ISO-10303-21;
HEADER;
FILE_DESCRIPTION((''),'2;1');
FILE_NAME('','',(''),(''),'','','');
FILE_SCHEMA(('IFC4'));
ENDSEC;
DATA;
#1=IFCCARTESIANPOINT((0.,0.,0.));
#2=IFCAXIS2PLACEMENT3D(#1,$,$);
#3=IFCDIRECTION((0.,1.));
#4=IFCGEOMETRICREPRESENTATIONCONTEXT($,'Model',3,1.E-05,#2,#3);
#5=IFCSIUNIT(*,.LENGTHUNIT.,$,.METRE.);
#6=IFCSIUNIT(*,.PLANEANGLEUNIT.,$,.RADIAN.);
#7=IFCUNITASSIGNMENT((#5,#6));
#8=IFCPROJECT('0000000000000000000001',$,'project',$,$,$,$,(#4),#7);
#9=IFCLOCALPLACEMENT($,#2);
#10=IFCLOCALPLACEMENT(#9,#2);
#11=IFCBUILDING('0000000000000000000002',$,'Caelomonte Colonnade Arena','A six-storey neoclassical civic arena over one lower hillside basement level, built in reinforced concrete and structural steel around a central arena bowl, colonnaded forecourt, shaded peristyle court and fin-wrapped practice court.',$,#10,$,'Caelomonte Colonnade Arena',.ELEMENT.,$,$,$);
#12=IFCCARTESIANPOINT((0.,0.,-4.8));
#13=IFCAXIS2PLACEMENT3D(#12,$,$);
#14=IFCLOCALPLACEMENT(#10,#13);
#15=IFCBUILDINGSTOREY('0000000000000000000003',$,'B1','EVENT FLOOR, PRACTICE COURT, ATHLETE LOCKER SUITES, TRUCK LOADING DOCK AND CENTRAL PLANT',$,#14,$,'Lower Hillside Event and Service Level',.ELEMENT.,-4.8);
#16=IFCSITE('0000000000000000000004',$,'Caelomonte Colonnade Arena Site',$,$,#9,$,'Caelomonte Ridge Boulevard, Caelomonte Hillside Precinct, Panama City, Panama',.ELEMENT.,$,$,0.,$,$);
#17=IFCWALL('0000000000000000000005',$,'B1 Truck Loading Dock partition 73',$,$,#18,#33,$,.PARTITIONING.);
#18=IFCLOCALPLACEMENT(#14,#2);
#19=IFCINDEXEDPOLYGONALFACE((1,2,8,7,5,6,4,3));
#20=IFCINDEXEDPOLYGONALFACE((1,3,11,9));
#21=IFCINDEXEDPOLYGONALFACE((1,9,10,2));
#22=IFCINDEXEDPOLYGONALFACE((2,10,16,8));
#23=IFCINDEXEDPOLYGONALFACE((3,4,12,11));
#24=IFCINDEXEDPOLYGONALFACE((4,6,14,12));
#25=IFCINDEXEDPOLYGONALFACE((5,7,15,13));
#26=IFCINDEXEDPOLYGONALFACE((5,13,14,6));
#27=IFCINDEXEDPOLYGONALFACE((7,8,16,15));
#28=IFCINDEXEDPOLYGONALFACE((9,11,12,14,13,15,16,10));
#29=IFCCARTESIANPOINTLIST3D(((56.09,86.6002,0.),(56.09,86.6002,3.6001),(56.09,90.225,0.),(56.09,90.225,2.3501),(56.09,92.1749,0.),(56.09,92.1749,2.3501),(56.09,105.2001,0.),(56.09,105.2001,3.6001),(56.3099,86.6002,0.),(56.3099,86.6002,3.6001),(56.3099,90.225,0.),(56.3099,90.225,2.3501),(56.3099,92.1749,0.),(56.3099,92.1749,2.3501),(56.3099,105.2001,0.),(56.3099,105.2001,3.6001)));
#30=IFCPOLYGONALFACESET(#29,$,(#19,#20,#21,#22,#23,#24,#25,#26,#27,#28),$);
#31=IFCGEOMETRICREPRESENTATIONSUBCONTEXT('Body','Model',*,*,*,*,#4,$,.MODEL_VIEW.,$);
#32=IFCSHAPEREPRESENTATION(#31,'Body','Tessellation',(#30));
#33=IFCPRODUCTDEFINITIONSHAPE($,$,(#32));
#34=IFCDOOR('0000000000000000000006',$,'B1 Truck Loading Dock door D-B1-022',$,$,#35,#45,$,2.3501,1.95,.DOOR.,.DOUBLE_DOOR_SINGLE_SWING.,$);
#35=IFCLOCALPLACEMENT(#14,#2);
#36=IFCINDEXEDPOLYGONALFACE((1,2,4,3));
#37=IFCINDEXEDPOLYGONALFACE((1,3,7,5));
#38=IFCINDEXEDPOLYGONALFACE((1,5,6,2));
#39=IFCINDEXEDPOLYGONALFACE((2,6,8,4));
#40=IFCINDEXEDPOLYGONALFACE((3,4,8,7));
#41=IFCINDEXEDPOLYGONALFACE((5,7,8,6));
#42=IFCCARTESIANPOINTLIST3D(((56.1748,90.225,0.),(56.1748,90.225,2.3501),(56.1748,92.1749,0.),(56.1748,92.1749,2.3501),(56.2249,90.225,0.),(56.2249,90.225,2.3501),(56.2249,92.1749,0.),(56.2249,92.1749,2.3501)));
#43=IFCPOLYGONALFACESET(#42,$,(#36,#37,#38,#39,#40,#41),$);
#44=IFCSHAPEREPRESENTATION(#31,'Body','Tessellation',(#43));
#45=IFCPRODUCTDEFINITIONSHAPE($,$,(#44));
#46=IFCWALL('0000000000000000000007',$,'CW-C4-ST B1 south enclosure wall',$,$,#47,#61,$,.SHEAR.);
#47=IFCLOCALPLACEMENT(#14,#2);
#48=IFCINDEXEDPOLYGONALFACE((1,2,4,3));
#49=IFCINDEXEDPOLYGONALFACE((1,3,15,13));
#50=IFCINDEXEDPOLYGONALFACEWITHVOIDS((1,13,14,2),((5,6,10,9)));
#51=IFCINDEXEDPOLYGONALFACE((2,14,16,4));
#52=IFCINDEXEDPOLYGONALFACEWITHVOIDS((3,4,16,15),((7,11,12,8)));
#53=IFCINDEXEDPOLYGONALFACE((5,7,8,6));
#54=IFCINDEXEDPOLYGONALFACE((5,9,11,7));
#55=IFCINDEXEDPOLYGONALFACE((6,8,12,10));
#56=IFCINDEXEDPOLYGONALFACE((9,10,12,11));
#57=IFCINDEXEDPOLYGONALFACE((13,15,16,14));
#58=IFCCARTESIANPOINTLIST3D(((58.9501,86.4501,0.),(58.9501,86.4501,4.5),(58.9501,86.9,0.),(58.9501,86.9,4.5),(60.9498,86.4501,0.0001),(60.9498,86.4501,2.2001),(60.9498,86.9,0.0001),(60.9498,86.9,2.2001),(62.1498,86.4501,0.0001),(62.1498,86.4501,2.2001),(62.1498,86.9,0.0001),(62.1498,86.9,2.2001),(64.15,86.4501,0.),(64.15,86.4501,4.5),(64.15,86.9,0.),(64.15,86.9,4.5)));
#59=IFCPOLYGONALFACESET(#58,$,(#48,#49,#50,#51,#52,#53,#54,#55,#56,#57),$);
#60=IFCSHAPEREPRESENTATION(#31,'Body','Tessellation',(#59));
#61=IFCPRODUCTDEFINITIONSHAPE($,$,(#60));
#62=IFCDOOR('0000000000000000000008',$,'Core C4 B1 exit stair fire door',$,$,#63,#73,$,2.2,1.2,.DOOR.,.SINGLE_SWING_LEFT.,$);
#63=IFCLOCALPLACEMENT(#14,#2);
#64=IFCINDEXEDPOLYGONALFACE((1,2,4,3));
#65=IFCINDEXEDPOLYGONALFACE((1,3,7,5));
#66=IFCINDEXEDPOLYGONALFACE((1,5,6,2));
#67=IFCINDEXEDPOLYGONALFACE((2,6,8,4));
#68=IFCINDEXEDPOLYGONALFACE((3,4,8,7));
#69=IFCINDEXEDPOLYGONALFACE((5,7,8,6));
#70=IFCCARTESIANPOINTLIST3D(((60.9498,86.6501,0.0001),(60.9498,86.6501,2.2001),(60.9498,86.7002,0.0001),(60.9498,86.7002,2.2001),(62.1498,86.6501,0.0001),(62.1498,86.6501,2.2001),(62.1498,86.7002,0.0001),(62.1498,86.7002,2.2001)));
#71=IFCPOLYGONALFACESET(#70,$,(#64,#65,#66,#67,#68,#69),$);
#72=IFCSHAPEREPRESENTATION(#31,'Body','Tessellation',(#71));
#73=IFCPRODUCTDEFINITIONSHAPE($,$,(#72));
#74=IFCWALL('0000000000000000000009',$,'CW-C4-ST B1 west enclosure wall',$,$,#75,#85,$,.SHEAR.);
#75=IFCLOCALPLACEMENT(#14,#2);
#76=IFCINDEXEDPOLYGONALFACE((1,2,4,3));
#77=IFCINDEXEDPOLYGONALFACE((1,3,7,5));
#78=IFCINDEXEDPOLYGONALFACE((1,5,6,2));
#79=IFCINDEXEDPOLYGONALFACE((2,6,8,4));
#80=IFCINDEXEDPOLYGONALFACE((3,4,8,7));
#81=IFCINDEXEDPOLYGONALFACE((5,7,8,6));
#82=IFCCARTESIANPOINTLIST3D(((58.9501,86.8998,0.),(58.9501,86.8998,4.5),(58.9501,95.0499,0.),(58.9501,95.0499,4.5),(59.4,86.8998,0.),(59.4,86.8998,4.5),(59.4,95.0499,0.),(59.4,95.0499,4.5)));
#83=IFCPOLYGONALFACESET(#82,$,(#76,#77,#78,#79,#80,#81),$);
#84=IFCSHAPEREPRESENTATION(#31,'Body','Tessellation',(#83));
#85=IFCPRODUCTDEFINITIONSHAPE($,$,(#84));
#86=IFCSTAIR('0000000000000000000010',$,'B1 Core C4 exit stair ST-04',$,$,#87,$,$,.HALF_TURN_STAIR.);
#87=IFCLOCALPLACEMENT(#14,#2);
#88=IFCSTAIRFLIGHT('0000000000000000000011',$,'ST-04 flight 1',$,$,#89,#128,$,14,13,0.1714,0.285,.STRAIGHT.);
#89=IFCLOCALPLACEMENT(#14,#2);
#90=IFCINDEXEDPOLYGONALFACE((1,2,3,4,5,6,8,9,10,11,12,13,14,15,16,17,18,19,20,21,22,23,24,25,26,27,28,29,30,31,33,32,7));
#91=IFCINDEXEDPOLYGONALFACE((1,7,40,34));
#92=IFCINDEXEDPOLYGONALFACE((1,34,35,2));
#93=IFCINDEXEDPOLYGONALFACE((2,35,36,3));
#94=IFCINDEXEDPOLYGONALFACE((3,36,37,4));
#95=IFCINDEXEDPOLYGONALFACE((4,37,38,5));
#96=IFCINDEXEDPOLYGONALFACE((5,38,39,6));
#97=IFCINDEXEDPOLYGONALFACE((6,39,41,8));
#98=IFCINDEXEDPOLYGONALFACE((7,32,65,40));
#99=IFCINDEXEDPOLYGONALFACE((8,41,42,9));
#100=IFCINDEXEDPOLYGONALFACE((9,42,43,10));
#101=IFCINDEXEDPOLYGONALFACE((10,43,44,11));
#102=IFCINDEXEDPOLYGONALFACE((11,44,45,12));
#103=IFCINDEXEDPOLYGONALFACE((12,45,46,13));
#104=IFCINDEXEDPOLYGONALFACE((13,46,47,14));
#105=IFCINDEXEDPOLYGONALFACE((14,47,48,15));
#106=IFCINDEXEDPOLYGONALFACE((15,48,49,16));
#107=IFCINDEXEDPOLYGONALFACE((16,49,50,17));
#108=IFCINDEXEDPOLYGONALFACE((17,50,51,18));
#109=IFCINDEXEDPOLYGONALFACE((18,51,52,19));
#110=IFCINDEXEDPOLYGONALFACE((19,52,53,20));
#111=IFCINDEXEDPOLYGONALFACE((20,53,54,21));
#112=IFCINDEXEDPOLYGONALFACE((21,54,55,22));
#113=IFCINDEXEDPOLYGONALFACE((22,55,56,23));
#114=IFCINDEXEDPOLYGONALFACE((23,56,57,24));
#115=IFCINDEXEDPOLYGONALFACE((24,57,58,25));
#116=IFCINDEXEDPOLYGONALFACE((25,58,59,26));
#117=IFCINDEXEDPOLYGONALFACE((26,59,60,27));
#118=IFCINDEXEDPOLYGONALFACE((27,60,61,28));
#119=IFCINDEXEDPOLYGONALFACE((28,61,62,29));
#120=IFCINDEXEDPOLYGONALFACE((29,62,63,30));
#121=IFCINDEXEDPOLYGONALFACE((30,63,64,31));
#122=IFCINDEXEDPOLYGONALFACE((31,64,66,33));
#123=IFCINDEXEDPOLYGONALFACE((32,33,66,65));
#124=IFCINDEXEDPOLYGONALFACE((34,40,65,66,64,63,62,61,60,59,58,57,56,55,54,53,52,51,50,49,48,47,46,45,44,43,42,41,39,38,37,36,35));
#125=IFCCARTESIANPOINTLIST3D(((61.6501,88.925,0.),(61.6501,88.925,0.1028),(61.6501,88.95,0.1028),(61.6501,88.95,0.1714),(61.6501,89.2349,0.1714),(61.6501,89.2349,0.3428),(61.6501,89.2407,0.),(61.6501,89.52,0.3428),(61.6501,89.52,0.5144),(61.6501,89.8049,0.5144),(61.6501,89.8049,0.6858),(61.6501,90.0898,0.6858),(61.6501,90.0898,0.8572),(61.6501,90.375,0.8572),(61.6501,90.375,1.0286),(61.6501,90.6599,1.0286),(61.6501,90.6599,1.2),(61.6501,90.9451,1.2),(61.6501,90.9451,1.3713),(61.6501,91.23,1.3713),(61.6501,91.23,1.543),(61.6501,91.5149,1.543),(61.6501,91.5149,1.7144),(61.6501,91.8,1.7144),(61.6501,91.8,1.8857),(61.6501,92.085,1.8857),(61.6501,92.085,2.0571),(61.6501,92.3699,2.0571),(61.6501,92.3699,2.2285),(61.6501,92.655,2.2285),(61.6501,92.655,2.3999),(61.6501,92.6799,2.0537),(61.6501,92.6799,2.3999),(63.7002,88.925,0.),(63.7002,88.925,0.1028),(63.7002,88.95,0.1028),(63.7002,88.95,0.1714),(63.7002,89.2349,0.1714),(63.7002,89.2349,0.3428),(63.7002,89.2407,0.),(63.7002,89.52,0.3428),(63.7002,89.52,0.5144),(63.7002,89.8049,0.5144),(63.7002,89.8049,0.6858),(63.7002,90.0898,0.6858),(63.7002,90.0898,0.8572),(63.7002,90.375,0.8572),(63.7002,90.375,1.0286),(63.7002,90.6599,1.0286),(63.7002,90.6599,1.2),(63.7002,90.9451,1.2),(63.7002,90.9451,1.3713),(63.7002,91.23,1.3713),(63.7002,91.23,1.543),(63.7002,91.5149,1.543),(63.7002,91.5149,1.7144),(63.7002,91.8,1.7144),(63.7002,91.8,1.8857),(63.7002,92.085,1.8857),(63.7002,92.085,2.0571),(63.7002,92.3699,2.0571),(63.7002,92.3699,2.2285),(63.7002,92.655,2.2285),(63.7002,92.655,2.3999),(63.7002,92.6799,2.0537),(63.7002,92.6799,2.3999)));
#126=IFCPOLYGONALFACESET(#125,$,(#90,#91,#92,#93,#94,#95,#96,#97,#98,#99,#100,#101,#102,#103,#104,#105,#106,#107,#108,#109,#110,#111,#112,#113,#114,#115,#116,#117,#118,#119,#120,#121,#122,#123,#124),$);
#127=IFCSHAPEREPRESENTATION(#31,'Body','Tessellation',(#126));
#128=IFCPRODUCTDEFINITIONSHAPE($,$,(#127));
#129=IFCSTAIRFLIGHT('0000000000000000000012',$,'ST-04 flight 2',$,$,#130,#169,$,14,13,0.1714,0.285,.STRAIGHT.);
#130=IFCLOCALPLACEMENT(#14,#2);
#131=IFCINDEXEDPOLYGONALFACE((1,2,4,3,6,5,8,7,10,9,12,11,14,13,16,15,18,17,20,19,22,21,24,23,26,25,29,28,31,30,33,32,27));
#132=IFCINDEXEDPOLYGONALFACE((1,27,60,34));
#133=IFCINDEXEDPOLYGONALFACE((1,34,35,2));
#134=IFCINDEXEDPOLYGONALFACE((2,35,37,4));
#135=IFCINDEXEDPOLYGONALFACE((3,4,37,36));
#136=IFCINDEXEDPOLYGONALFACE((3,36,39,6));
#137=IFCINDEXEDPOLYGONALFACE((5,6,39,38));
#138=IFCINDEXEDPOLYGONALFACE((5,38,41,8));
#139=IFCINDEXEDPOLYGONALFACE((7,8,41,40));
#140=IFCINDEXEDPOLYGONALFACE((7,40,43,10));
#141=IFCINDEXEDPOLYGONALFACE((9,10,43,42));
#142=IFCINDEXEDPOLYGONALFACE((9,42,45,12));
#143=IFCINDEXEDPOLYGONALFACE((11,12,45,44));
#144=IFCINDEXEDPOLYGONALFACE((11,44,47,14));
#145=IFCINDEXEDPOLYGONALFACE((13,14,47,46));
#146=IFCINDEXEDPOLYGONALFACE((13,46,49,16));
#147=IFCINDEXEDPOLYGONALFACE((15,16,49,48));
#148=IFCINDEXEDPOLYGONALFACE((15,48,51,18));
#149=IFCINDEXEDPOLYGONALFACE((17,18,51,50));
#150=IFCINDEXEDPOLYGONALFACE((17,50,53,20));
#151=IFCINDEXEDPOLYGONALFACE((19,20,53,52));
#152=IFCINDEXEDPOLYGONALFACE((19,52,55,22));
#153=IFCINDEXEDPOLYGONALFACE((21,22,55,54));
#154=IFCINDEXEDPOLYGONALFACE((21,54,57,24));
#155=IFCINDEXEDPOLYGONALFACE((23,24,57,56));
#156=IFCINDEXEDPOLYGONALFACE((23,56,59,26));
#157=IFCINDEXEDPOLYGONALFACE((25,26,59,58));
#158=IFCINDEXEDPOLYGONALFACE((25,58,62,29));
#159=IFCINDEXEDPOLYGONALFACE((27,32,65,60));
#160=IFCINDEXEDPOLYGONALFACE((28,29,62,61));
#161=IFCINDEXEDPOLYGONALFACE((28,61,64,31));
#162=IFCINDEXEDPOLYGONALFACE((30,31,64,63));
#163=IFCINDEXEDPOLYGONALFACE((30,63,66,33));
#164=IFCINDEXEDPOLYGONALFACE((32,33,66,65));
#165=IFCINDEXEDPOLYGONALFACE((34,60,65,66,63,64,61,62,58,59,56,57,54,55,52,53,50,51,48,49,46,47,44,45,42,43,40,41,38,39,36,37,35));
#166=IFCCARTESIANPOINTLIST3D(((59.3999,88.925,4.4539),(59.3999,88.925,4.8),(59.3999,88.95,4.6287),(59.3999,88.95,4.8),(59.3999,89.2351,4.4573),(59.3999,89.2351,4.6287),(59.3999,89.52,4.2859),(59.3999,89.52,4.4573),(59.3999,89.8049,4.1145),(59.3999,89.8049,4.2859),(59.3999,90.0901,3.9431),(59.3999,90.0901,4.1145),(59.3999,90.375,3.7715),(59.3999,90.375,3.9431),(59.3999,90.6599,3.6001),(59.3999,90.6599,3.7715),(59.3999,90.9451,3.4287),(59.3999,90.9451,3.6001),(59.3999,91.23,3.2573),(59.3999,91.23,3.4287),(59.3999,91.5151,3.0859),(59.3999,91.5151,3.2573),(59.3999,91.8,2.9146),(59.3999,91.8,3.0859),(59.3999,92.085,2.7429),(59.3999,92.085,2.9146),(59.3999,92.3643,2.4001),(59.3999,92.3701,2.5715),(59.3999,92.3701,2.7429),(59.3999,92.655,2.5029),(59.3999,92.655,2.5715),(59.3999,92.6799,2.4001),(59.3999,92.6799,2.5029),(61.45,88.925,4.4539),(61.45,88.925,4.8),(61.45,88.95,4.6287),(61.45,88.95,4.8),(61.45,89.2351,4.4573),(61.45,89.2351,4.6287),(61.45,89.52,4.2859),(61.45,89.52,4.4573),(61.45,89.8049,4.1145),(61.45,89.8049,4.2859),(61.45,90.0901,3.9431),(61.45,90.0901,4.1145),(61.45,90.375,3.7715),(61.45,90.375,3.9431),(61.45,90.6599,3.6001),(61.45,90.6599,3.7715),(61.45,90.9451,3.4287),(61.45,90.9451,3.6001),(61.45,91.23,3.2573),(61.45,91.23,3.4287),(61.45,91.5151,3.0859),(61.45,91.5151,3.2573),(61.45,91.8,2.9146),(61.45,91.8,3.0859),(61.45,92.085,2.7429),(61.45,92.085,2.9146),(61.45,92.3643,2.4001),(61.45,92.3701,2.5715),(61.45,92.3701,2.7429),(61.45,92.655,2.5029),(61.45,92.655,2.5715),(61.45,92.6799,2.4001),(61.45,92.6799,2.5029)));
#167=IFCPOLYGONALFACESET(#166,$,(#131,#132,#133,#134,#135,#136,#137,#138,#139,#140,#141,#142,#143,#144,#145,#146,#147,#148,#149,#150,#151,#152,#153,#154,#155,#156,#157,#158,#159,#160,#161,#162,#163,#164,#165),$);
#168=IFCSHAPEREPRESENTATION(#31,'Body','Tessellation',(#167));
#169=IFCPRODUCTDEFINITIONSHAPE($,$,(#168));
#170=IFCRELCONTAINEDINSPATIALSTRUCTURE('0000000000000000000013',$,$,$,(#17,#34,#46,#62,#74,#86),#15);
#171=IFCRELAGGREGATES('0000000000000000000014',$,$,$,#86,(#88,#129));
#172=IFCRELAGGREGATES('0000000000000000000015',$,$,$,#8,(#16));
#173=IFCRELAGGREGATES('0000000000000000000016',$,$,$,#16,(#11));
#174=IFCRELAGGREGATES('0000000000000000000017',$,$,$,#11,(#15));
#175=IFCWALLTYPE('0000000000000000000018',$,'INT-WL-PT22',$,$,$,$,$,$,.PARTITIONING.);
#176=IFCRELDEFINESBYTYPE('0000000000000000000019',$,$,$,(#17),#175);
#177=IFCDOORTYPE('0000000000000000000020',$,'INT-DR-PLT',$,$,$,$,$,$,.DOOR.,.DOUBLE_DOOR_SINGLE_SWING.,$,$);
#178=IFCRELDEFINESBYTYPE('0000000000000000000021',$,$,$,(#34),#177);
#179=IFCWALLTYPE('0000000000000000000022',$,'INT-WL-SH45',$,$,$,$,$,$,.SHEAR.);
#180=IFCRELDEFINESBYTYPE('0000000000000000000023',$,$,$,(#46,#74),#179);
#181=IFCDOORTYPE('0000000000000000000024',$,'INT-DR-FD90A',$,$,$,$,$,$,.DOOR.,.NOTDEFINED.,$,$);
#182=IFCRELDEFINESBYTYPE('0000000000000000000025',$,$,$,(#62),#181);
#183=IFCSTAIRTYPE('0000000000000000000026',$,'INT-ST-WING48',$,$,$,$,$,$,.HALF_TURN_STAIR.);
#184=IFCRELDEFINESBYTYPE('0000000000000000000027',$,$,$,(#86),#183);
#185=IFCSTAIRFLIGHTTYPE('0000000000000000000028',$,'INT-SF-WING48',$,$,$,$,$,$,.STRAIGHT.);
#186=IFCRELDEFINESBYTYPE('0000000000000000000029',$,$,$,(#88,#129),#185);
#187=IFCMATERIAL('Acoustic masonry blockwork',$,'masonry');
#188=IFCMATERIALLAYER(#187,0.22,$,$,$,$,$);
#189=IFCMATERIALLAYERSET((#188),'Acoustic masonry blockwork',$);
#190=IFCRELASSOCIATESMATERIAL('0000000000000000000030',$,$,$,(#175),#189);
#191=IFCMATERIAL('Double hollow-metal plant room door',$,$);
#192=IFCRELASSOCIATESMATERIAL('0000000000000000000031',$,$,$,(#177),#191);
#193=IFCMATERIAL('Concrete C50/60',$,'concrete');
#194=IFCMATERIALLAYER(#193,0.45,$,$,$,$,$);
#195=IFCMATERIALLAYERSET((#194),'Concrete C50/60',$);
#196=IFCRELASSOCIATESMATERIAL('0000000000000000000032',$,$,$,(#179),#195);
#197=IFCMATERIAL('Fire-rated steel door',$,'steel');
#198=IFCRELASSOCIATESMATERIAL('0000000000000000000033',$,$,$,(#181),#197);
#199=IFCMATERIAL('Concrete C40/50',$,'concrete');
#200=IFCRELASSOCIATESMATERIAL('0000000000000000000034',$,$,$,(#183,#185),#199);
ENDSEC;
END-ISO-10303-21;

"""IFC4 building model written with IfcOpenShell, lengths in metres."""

from ifc_helpers import new_model, si_unit, direction, frame, frame_2d, origin, place, context, subcontext, project, spatial, polyline, rectangle, outline, extrude, material, layer, layer_set, type_object, element, fill, aggregate, save


model = new_model("IFC4")

# Units and contexts
model_context = context("Model", 3, precision=1e-05, world=origin(), true_north=direction((0.0, 1.0)))
body_context = subcontext(model_context, "Body", "Model", "MODEL_VIEW")
ifc_project = project(units=[si_unit("LENGTHUNIT", "METRE"), si_unit("PLANEANGLEUNIT", "RADIAN")], contexts=[model_context])

# Site, building, storey
site_placement = place(None, origin())
site = spatial("IfcSite", under=ifc_project, at=site_placement, Name="Caelomonte Colonnade Arena Site", LongName="Caelomonte Ridge Boulevard, Caelomonte Hillside Precinct, Panama City, Panama", CompositionType="ELEMENT", RefElevation=0.0)
building_placement = place(site_placement, origin())
building = spatial("IfcBuilding", under=site, at=building_placement, Name="Caelomonte Colonnade Arena", Description="A six-storey neoclassical civic arena over one lower hillside basement level, built in reinforced concrete and structural steel around a central arena bowl, colonnaded forecourt, shaded peristyle court and fin-wrapped practice court.", LongName="Caelomonte Colonnade Arena", CompositionType="ELEMENT")
storey_placement = place(building_placement, frame((0.0, 0.0, -4.8)))
storey = spatial("IfcBuildingStorey", under=building, at=storey_placement, Name="B1", Description="EVENT FLOOR, PRACTICE COURT, ATHLETE LOCKER SUITES, TRUCK LOADING DOCK AND CENTRAL PLANT", LongName="Lower Hillside Event and Service Level", CompositionType="ELEMENT", Elevation=-4.8)

# Shared definitions
ifc_material_1 = material(Name="Concrete C40/50", Category="concrete")

# Shared definitions
ifc_material_2 = material(Name="Acoustic masonry blockwork", Category="masonry")
ifc_layer_1 = layer(ifc_material_2, 0.22)
ifc_layer_set_1 = layer_set([ifc_layer_1], Name="Acoustic masonry blockwork")
wall_type_1 = type_object("IfcWallType", Name="INT-WL-PT22", PredefinedType="PARTITIONING", material=ifc_layer_set_1)

# Walls, openings, doors
wall_1_placement = place(storey_placement, frame((56.2, 105.2, 0.0), z_axis=(0.0, 0.0, 1.0), x_axis=(0.0, -1.0, 0.0)))
wall_1 = element("IfcWall", 1, at=wall_1_placement, inside=storey, type_object=wall_type_1, Name="B1 Truck Loading Dock partition 73", PredefinedType="PARTITIONING", context=body_context, shape_type="SweptSolid", body=[
    extrude(rectangle(XDim=18.5999, YDim=0.22, at=frame_2d((9.2998, 0.0))), origin(), (0.0, 0.0, 1.0), 3.6001),
])
opening_1_placement = place(wall_1_placement, frame((13.0249, 0.0, 0.0), z_axis=(0.0, 0.0, 1.0), x_axis=(1.0, 0.0, 0.0)))
opening_1 = element("IfcOpeningElement", 2, at=opening_1_placement, cuts=wall_1, PredefinedType="OPENING", context=body_context, shape_type="SweptSolid", body=[
    extrude(rectangle(XDim=1.95, YDim=2.3501, at=frame_2d((0.9751, 1.175))), frame((0.0, 0.1199, 0.0), z_axis=(0.0, -1.0, 0.0), x_axis=(1.0, 0.0, 0.0)), (0.0, 0.0, 1.0), 0.24),
])
ifc_material_3 = material(Name="Double hollow-metal plant room door")
door_type_1 = type_object("IfcDoorType", Name="INT-DR-PLT", OperationType="DOUBLE_DOOR_SINGLE_SWING", PredefinedType="DOOR", material=ifc_material_3)
door_1_placement = place(opening_1_placement, origin())
door_1 = element("IfcDoor", 3, at=door_1_placement, inside=storey, type_object=door_type_1, Name="B1 Truck Loading Dock door D-B1-022", OperationType="DOUBLE_DOOR_SINGLE_SWING", OverallHeight=2.3501, OverallWidth=1.95, PredefinedType="DOOR", context=body_context, shape_type="SweptSolid", body=[
    extrude(rectangle(XDim=1.95, YDim=2.3501, at=frame_2d((0.9751, 1.175))), frame((0.0, 0.0249, 0.0), z_axis=(0.0, -1.0, 0.0), x_axis=(1.0, 0.0, 0.0)), (0.0, 0.0, 1.0), 0.05),
])
fill(opening_1, door_1)
ifc_material_4 = material(Name="Concrete C50/60", Category="concrete")
ifc_layer_2 = layer(ifc_material_4, 0.45)
ifc_layer_set_2 = layer_set([ifc_layer_2], Name="Concrete C50/60")
wall_type_2 = type_object("IfcWallType", Name="INT-WL-SH45", PredefinedType="SHEAR", material=ifc_layer_set_2)
wall_2_placement = place(storey_placement, frame((58.95, 86.675, 0.0), z_axis=(0.0, 0.0, 1.0), x_axis=(1.0, 0.0, 0.0)))
wall_2 = element("IfcWall", 4, at=wall_2_placement, inside=storey, type_object=wall_type_2, Name="CW-C4-ST B1 south enclosure wall", PredefinedType="SHEAR", context=body_context, shape_type="SweptSolid", body=[
    extrude(rectangle(XDim=5.2, YDim=0.45, at=frame_2d((2.6001, 0.0))), origin(), (0.0, 0.0, 1.0), 4.5),
])
opening_2_placement = place(wall_2_placement, frame((3.2, 0.0, 0.0), z_axis=(0.0, 0.0, 1.0), x_axis=(-1.0, 0.0, 0.0)))
opening_2 = element("IfcOpeningElement", 5, at=opening_2_placement, cuts=wall_2, PredefinedType="OPENING", context=body_context, shape_type="SweptSolid", body=[
    extrude(rectangle(XDim=1.2, YDim=2.2, at=frame_2d((0.6001, 1.1001))), frame((0.0, 0.2349, 0.0), z_axis=(0.0, -1.0, 0.0), x_axis=(1.0, 0.0, 0.0)), (0.0, 0.0, 1.0), 0.47),
])
ifc_material_5 = material(Name="Fire-rated steel door", Category="steel")
door_type_2 = type_object("IfcDoorType", Name="INT-DR-FD90A", OperationType="NOTDEFINED", PredefinedType="DOOR", material=ifc_material_5)
door_2_placement = place(opening_2_placement, origin())
door_2 = element("IfcDoor", 6, at=door_2_placement, inside=storey, type_object=door_type_2, Name="Core C4 B1 exit stair fire door", OperationType="SINGLE_SWING_LEFT", OverallHeight=2.2, OverallWidth=1.2, PredefinedType="DOOR", context=body_context, shape_type="SweptSolid", body=[
    extrude(rectangle(XDim=1.2, YDim=2.2, at=frame_2d((0.6001, 1.1001))), frame((0.0, 0.0249, 0.0), z_axis=(0.0, -1.0, 0.0), x_axis=(1.0, 0.0, 0.0)), (0.0, 0.0, 1.0), 0.05),
])
fill(opening_2, door_2)

# Wall
wall_3_placement = place(storey_placement, frame((59.175, 95.05, 0.0), z_axis=(0.0, 0.0, 1.0), x_axis=(0.0, -1.0, 0.0)))
element("IfcWall", 7, at=wall_3_placement, inside=storey, type_object=wall_type_2, Name="CW-C4-ST B1 west enclosure wall", PredefinedType="SHEAR", context=body_context, shape_type="SweptSolid", body=[
    extrude(rectangle(XDim=8.1501, YDim=0.45, at=frame_2d((4.0752, 0.0))), origin(), (0.0, 0.0, 1.0), 4.5),
])

# Stair, stair flights
stair_type = type_object("IfcStairType", Name="INT-ST-WING48", PredefinedType="HALF_TURN_STAIR", material=ifc_material_1)
stair_placement = place(storey_placement, origin())
stair = element("IfcStair", 8, at=stair_placement, inside=storey, type_object=stair_type, Name="B1 Core C4 exit stair ST-04", PredefinedType="HALF_TURN_STAIR")
stair_flight_type = type_object("IfcStairFlightType", Name="INT-SF-WING48", PredefinedType="STRAIGHT", material=ifc_material_1)
stair_flight_1_placement = place(storey_placement, frame((62.675, 88.95, 0.0), z_axis=(0.0, 0.0, 1.0), x_axis=(0.0, 1.0, 0.0)))
stair_flight_1 = element("IfcStairFlight", 9, at=stair_flight_1_placement, type_object=stair_flight_type, Name="ST-04 flight 1", NumberOfRisers=14, NumberOfTreads=13, PredefinedType="STRAIGHT", RiserHeight=0.1714, TreadLength=0.285, context=body_context, shape_type="SweptSolid", body=[
    extrude(outline(polyline([(-0.0249, 0.0), (-0.0249, 0.1028), (0.0, 0.1028), (0.0, 0.1714), (0.2849, 0.1714), (0.2849, 0.3428), (0.5701, 0.3428), (0.5701, 0.5144), (0.855, 0.5144), (0.855, 0.6858), (1.1399, 0.6858), (1.1399, 0.8572), (1.425, 0.8572), (1.425, 1.0286), (1.71, 1.0286), (1.71, 1.2), (1.9951, 1.2), (1.9951, 1.3713), (2.28, 1.3713), (2.28, 1.543), (2.5649, 1.543), (2.5649, 1.7144), (2.8501, 1.7144), (2.8501, 1.8857), (3.135, 1.8857), (3.135, 2.0571), (3.4199, 2.0571), (3.4199, 2.2285), (3.7051, 2.2285), (3.7051, 2.3999), (3.73, 2.3999), (3.73, 2.0537), (0.2908, 0.0), (-0.0249, 0.0)])), frame((0.0, 1.0249, 0.0), z_axis=(0.0, -1.0, 0.0), x_axis=(1.0, 0.0, 0.0)), (0.0, 0.0, 1.0), 2.05),
])
stair_flight_2_placement = place(storey_placement, frame((60.425, 92.655, 2.4001), z_axis=(0.0, 0.0, 1.0), x_axis=(0.0, -1.0, 0.0)))
stair_flight_2 = element("IfcStairFlight", 10, at=stair_flight_2_placement, type_object=stair_flight_type, Name="ST-04 flight 2", NumberOfRisers=14, NumberOfTreads=13, PredefinedType="STRAIGHT", RiserHeight=0.1714, TreadLength=0.285, context=body_context, shape_type="SweptSolid", body=[
    extrude(outline(polyline([(-0.0249, 0.0), (-0.0249, 0.1028), (0.0, 0.1028), (0.0, 0.1714), (0.2849, 0.1714), (0.2849, 0.3428), (0.5701, 0.3428), (0.5701, 0.5144), (0.855, 0.5144), (0.855, 0.6858), (1.1399, 0.6858), (1.1399, 0.8572), (1.425, 0.8572), (1.425, 1.0286), (1.71, 1.0286), (1.71, 1.2), (1.9951, 1.2), (1.9951, 1.3713), (2.28, 1.3713), (2.28, 1.543), (2.5649, 1.543), (2.5649, 1.7144), (2.8501, 1.7144), (2.8501, 1.8857), (3.135, 1.8857), (3.135, 2.0571), (3.4199, 2.0571), (3.4199, 2.2285), (3.7051, 2.2285), (3.7051, 2.3999), (3.73, 2.3999), (3.73, 2.0537), (0.2908, 0.0), (-0.0249, 0.0)])), frame((0.0, 1.0249, 0.0), z_axis=(0.0, -1.0, 0.0), x_axis=(1.0, 0.0, 0.0)), (0.0, 0.0, 1.0), 2.05),
])
aggregate(stair, [stair_flight_1, stair_flight_2])

save(model, "model.ifc")
